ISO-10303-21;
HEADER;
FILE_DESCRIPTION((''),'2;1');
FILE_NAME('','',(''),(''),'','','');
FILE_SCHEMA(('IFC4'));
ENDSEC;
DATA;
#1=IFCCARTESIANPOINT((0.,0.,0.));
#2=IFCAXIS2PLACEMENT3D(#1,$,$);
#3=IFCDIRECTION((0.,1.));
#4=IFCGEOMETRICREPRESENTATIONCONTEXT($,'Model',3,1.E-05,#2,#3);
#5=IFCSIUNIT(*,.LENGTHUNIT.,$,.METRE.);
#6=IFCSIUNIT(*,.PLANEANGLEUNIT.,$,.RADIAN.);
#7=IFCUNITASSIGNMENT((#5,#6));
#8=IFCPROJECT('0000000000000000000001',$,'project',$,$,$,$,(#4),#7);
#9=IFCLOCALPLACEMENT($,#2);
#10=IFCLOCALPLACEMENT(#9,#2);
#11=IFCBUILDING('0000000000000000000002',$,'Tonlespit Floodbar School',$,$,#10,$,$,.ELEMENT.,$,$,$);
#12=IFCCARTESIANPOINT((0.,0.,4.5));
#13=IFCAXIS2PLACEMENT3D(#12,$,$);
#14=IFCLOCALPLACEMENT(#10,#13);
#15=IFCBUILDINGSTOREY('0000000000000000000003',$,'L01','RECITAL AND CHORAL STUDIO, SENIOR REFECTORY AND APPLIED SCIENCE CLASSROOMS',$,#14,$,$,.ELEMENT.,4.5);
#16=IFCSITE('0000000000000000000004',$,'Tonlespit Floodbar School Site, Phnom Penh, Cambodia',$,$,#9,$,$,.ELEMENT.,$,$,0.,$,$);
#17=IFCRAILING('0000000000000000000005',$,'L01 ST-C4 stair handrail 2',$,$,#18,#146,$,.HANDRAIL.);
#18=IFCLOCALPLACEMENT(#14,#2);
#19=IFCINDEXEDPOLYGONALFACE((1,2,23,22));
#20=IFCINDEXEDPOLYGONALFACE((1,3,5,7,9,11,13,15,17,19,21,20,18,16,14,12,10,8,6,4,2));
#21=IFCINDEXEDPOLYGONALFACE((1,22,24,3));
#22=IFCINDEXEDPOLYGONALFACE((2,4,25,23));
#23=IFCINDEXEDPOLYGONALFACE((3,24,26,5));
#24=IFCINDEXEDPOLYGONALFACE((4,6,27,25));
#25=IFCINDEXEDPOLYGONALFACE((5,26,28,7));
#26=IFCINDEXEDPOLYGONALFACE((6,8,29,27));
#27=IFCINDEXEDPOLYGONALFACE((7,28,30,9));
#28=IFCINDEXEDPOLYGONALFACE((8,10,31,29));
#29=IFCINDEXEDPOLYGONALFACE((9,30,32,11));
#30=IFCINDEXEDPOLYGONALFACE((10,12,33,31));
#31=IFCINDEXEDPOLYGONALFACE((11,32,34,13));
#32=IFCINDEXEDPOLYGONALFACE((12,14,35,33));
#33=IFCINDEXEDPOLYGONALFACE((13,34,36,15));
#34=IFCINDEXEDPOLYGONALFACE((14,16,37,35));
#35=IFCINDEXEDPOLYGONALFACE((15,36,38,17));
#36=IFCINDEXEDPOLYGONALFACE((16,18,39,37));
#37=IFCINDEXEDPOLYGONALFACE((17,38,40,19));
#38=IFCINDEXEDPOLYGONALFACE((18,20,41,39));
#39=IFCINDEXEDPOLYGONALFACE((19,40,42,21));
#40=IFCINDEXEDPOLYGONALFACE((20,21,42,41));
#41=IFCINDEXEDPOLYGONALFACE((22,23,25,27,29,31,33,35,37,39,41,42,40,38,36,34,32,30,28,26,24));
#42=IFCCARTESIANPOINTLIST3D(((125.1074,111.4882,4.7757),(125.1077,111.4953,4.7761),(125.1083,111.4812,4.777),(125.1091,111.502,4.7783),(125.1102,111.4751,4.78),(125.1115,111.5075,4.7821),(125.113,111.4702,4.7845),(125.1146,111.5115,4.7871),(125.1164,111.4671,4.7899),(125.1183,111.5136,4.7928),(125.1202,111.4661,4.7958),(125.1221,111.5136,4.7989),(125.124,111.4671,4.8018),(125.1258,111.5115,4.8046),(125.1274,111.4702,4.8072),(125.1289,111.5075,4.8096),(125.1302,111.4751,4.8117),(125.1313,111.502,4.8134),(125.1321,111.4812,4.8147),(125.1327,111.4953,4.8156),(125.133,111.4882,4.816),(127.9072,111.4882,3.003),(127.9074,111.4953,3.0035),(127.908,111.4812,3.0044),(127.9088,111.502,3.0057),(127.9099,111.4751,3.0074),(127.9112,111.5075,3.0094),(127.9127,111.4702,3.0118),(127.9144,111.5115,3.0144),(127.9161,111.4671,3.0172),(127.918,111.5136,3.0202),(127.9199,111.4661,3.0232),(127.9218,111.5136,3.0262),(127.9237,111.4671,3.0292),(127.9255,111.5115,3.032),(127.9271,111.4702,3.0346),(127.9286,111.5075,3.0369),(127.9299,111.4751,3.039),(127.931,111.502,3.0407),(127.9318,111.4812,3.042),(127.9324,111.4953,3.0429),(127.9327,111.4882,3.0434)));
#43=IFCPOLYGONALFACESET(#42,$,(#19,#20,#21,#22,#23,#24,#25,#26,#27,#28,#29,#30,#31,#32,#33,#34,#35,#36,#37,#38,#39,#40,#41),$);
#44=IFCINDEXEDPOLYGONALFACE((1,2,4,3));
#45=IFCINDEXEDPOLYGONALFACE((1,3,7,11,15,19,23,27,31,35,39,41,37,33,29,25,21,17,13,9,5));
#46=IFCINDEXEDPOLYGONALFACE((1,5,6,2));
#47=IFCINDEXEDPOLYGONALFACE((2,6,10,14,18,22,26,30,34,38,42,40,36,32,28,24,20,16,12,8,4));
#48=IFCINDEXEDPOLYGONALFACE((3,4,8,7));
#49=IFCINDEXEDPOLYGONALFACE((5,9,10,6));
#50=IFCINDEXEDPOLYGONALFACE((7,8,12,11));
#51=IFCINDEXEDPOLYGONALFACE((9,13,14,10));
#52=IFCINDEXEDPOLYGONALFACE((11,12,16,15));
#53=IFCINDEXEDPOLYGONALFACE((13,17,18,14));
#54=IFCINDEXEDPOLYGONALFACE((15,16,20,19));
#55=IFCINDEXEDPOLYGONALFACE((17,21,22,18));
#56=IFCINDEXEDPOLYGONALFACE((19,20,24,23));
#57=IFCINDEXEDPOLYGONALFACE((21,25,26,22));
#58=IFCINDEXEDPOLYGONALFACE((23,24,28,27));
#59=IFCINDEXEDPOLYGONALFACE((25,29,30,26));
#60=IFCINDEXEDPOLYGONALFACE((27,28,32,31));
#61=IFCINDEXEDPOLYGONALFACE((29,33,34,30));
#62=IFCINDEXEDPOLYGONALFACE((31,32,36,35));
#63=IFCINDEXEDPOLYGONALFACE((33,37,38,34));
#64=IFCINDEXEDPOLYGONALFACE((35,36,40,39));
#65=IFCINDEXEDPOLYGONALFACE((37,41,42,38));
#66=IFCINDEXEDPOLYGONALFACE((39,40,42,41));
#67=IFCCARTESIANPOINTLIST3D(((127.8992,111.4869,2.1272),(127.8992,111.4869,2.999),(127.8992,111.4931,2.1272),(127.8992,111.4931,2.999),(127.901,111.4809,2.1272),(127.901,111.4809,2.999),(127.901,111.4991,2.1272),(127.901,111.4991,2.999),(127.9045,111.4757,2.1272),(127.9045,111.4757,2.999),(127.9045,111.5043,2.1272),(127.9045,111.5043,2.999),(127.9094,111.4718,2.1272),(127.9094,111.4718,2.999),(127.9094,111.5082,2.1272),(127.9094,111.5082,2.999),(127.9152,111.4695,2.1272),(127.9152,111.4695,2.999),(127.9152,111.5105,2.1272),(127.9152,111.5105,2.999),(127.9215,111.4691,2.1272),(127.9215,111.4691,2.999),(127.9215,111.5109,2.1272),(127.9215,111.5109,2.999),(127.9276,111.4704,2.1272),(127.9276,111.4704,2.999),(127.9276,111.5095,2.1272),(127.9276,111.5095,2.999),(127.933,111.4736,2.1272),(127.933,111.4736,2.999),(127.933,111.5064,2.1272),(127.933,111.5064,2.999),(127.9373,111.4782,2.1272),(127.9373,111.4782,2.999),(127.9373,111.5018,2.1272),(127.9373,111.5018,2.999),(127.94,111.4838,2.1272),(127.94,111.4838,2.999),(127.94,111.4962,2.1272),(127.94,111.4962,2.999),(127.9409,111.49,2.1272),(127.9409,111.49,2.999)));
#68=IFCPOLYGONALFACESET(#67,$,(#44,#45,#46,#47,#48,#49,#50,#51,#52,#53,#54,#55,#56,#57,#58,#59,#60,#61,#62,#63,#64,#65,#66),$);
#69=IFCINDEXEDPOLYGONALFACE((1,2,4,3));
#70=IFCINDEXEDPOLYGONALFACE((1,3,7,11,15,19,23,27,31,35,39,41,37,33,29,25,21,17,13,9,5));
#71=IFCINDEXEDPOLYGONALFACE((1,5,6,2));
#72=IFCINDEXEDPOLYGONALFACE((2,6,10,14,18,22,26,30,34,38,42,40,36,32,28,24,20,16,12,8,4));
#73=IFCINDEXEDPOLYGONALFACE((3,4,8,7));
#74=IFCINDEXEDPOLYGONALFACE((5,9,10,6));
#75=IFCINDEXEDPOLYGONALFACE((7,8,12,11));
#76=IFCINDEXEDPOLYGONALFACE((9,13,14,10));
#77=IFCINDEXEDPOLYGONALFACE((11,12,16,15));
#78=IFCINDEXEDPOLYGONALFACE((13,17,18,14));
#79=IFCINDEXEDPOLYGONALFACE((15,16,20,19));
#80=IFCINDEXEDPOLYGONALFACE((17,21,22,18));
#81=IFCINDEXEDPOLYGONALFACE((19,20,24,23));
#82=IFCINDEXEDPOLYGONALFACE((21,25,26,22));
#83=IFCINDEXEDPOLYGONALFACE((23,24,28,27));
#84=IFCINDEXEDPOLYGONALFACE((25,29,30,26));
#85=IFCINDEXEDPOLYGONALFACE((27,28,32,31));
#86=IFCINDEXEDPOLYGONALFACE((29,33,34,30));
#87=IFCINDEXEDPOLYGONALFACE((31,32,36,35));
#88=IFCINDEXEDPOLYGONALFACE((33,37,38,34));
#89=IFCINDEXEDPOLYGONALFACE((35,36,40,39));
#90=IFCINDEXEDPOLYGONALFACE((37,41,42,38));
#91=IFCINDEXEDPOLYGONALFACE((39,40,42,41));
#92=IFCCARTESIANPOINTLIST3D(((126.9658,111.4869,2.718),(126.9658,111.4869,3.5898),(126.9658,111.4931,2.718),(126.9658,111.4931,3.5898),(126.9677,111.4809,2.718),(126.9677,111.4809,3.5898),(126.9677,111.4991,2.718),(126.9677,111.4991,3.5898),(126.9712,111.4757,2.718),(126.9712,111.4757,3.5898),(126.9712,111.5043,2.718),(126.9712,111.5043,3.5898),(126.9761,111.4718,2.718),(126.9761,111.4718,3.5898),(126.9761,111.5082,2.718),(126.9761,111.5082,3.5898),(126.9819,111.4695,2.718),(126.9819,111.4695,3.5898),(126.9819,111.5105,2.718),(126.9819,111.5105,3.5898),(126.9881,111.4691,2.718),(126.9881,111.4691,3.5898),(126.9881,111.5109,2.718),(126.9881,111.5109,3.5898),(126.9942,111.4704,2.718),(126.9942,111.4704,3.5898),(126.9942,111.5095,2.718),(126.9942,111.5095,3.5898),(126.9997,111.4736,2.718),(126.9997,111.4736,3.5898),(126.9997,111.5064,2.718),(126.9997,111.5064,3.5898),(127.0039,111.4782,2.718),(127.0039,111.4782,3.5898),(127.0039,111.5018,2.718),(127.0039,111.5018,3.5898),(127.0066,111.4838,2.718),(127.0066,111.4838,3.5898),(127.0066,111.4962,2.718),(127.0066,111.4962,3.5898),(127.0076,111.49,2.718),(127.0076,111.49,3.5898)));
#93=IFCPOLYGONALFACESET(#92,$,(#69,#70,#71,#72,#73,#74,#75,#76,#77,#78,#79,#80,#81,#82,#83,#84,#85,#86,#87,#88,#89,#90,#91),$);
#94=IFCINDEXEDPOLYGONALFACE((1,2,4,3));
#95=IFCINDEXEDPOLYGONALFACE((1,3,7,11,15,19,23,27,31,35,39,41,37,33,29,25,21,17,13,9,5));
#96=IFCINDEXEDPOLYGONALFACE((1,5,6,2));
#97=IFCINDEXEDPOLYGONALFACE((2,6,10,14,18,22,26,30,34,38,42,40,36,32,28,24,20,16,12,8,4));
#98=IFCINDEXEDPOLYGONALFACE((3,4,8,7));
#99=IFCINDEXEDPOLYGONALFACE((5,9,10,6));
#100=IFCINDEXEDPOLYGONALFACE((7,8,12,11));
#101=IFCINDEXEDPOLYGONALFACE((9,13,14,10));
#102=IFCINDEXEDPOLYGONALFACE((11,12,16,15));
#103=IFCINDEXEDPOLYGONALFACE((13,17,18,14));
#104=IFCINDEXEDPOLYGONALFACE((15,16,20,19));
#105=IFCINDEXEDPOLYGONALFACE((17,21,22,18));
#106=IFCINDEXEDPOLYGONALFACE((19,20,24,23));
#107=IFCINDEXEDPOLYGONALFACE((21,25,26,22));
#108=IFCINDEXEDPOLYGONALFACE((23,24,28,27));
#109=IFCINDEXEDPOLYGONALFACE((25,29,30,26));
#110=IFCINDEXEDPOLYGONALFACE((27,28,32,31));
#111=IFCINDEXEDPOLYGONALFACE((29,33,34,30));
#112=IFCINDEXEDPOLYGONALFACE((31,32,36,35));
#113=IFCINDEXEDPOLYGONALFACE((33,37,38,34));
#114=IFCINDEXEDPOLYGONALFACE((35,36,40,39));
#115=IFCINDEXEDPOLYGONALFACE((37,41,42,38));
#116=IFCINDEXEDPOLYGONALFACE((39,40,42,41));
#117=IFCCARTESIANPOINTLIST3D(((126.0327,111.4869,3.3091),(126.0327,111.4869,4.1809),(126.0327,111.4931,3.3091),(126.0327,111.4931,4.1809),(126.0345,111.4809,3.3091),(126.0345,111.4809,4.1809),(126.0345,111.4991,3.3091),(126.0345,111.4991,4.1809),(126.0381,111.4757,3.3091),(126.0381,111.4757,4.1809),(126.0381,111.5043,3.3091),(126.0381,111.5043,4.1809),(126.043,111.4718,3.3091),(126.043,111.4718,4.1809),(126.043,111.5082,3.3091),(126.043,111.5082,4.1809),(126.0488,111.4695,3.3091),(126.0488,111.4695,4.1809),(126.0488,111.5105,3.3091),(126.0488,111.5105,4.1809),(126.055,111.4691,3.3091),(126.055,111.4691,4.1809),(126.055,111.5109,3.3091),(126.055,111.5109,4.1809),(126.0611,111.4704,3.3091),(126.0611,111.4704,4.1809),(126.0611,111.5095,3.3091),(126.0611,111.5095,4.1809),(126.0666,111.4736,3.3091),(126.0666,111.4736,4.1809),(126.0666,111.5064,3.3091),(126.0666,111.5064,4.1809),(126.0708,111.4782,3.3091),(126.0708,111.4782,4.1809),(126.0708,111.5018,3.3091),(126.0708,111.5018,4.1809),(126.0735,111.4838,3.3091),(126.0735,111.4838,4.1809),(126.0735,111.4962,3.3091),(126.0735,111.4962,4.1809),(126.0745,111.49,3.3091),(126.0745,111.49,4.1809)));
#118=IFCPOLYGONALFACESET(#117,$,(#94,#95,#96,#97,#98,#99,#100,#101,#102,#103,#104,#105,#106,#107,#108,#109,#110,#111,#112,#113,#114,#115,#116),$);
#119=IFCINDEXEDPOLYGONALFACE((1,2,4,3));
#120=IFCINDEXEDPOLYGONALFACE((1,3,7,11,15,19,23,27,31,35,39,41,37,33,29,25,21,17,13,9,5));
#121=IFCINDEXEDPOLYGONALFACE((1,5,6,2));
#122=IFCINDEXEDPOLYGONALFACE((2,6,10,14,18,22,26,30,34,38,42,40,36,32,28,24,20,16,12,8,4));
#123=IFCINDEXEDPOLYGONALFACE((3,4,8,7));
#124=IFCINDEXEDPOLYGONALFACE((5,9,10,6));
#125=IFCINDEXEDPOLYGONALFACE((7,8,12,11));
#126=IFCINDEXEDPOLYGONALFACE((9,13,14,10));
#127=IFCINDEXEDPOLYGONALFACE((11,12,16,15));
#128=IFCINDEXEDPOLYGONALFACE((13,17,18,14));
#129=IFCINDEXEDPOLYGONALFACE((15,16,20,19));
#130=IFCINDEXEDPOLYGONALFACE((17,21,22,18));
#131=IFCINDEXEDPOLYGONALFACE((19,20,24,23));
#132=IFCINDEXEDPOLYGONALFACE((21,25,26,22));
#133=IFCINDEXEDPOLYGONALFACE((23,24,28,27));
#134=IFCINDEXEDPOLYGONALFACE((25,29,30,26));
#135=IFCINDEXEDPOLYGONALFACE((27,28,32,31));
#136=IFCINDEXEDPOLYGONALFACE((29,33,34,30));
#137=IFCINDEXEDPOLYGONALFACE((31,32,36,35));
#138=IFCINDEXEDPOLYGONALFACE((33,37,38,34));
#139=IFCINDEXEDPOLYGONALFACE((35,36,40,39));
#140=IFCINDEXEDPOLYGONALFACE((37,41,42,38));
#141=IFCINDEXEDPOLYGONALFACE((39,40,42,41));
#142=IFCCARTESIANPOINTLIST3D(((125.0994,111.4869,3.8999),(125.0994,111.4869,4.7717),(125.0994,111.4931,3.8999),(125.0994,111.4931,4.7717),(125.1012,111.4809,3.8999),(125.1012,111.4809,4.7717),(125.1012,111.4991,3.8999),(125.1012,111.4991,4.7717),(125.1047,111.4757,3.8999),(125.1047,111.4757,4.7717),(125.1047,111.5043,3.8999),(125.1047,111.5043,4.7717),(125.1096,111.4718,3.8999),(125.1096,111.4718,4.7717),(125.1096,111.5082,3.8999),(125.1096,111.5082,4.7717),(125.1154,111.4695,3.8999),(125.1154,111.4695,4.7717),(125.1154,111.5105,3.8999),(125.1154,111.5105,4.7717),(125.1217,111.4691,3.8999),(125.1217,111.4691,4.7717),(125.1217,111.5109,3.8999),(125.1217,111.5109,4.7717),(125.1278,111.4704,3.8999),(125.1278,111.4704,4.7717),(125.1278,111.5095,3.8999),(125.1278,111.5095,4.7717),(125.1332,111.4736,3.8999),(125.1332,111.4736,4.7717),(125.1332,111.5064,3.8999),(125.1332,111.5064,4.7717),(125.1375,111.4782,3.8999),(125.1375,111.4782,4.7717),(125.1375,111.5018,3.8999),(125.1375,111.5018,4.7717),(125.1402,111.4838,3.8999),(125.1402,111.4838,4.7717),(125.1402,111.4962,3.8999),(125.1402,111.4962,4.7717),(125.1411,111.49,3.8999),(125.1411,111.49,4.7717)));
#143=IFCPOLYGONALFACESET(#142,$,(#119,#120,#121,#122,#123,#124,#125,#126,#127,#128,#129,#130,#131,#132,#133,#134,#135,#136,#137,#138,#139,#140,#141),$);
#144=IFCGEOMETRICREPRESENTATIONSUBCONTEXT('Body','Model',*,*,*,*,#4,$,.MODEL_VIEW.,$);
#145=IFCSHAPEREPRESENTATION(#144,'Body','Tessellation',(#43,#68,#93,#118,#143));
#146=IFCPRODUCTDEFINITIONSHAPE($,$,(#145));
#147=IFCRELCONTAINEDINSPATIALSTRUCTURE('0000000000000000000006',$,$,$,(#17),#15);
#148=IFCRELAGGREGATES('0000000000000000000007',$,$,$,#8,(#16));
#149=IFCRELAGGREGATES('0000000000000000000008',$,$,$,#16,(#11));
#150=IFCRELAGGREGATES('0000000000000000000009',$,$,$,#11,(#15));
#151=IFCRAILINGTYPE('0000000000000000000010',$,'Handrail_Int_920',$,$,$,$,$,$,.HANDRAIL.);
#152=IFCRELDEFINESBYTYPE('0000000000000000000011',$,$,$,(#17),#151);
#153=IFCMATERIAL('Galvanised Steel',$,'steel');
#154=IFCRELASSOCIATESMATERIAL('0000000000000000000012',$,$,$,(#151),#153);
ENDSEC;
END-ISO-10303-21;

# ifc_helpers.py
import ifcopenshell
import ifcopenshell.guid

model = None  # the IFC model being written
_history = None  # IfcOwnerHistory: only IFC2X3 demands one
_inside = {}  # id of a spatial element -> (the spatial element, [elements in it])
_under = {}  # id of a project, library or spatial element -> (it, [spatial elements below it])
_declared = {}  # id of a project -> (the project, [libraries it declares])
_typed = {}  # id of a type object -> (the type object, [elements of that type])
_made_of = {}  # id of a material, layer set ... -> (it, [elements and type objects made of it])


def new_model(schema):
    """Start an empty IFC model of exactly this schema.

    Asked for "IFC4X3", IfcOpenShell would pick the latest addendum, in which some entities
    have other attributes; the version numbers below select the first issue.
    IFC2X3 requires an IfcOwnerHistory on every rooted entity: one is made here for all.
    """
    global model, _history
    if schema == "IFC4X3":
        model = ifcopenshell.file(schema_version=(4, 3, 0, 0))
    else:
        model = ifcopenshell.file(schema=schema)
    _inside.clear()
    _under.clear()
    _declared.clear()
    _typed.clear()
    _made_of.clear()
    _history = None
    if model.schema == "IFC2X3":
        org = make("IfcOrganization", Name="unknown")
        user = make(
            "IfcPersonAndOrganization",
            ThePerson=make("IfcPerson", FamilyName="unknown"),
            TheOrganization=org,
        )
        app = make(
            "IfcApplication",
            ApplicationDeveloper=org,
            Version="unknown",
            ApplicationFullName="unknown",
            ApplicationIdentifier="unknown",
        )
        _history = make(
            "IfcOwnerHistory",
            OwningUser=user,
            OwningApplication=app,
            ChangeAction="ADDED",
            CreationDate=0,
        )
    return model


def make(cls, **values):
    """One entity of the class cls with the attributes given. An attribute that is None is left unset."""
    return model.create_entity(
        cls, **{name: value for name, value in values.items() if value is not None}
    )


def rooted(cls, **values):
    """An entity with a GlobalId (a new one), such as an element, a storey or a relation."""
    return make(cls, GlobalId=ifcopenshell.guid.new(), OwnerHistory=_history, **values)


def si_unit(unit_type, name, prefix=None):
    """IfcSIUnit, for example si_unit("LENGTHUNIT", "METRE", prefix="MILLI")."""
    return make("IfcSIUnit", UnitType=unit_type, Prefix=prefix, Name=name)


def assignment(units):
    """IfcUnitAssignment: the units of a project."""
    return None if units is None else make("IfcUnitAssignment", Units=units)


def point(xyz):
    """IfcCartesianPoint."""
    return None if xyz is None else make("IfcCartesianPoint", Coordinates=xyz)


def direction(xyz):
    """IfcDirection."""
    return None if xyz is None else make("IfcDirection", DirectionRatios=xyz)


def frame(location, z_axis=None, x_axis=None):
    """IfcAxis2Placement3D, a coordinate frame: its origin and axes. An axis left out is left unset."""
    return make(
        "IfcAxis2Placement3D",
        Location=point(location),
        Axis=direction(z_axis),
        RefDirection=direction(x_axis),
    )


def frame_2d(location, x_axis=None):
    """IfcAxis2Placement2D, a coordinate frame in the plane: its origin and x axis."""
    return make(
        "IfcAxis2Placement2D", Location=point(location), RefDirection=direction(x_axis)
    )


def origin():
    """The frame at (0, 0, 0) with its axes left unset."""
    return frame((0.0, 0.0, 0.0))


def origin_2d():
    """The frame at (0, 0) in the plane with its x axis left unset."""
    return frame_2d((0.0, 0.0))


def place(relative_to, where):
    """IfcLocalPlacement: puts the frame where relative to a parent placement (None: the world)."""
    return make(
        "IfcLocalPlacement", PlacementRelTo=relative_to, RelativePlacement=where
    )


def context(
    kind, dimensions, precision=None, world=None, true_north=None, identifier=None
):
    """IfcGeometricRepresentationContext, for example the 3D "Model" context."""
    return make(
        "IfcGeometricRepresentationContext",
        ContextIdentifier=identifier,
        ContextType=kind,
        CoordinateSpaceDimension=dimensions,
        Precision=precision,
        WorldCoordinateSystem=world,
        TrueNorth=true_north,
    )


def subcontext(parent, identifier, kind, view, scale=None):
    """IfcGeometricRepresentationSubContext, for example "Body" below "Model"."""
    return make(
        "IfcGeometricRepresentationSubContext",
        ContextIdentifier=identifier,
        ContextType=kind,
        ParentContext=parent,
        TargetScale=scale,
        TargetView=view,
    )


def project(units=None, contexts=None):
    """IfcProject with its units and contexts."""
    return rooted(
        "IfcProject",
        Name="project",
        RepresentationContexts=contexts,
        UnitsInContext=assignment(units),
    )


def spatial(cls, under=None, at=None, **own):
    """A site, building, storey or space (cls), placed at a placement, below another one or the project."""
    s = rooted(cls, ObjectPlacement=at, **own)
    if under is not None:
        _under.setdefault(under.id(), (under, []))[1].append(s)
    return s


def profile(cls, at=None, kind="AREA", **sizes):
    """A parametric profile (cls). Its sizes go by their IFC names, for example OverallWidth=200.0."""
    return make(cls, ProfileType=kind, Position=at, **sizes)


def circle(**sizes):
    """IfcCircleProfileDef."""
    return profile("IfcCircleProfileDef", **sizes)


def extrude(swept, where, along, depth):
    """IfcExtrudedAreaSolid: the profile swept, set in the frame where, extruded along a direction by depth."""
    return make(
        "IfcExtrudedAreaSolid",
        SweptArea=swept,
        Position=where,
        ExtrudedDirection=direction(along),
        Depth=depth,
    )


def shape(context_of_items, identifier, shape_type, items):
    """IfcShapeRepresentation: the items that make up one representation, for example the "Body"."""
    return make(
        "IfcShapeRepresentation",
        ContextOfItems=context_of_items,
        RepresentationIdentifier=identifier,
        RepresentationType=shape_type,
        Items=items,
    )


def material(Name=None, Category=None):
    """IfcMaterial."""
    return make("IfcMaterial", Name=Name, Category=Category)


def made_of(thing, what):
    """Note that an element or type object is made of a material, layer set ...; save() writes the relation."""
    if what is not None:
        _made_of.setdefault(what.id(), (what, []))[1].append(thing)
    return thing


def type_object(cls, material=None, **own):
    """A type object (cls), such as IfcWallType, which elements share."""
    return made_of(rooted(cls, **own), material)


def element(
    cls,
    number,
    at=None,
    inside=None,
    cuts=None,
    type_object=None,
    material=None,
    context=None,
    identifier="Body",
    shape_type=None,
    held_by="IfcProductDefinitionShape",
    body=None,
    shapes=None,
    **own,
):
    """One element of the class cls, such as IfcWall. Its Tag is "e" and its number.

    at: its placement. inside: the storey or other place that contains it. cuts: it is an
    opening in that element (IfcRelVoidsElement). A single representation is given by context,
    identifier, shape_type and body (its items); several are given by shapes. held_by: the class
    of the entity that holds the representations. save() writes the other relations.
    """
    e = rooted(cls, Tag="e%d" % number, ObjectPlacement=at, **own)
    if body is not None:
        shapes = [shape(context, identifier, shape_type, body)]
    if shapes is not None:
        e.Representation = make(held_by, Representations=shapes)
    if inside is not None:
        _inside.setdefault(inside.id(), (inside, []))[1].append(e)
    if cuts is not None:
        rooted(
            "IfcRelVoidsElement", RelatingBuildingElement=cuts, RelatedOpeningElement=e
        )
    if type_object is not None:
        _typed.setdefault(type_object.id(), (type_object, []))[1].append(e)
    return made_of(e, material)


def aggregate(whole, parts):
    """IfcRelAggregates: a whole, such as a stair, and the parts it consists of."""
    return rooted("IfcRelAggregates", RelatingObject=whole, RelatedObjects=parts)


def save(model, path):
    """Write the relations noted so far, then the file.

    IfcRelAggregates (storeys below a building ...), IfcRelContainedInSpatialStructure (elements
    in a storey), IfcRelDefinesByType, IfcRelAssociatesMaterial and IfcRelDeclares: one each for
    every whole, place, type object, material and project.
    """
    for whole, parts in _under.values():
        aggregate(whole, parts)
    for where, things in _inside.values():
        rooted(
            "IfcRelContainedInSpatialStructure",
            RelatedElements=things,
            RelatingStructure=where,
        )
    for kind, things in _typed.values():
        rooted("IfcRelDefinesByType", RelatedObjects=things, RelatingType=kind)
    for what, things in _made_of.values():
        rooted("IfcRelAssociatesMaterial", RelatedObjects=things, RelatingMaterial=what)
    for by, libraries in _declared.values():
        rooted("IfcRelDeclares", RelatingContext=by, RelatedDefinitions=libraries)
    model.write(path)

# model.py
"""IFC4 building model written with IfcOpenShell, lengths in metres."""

from ifc_helpers import new_model, si_unit, direction, frame, origin, origin_2d, place, context, subcontext, project, spatial, circle, extrude, material, type_object, element, save


model = new_model("IFC4")

# Units and contexts
model_context = context("Model", 3, precision=1e-05, world=origin(), true_north=direction((0.0, 1.0)))
body_context = subcontext(model_context, "Body", "Model", "MODEL_VIEW")
ifc_project = project(units=[si_unit("LENGTHUNIT", "METRE"), si_unit("PLANEANGLEUNIT", "RADIAN")], contexts=[model_context])

# Site, building, storey
site_placement = place(None, origin())
site = spatial("IfcSite", under=ifc_project, at=site_placement, Name="Tonlespit Floodbar School Site, Phnom Penh, Cambodia", CompositionType="ELEMENT", RefElevation=0.0)
building_placement = place(site_placement, origin())
building = spatial("IfcBuilding", under=site, at=building_placement, Name="Tonlespit Floodbar School", CompositionType="ELEMENT")
storey_placement = place(building_placement, frame((0.0, 0.0, 4.5)))
storey = spatial("IfcBuildingStorey", under=building, at=storey_placement, Name="L01", Description="RECITAL AND CHORAL STUDIO, SENIOR REFECTORY AND APPLIED SCIENCE CLASSROOMS", CompositionType="ELEMENT", Elevation=4.5)

# Railing
ifc_material_1 = material(Name="Galvanised Steel", Category="steel")
railing_type_1 = type_object("IfcRailingType", Name="Handrail_Int_920", PredefinedType="HANDRAIL", material=ifc_material_1)
railing_1_placement = place(storey_placement, frame((127.9199, 111.49, 2.1272)))
element("IfcRailing", 1, at=railing_1_placement, inside=storey, type_object=railing_type_1, Name="L01 ST-C4 stair handrail 2", PredefinedType="HANDRAIL", context=body_context, shape_type="SweptSolid", body=[
    extrude(circle(Radius=0.0239, at=origin_2d()), frame((0.0, 0.0, 0.896), z_axis=(-0.844888, 0.0, 0.534943), x_axis=(0.0, -1.0, 0.0)), (0.0, 0.0, 1.0), 3.3137),
    extrude(circle(Radius=0.021, at=origin_2d()), origin(), (0.0, 0.0, 1.0), 0.8718),
    extrude(circle(Radius=0.021, at=origin_2d()), frame((-0.9333, 0.0, 0.5908)), (0.0, 0.0, 1.0), 0.8718),
    extrude(circle(Radius=0.021, at=origin_2d()), frame((-1.8665, 0.0, 1.1819)), (0.0, 0.0, 1.0), 0.8718),
    extrude(circle(Radius=0.021, at=origin_2d()), frame((-2.7998, 0.0, 1.7727)), (0.0, 0.0, 1.0), 0.8718),
])

save(model, "model.ifc")
